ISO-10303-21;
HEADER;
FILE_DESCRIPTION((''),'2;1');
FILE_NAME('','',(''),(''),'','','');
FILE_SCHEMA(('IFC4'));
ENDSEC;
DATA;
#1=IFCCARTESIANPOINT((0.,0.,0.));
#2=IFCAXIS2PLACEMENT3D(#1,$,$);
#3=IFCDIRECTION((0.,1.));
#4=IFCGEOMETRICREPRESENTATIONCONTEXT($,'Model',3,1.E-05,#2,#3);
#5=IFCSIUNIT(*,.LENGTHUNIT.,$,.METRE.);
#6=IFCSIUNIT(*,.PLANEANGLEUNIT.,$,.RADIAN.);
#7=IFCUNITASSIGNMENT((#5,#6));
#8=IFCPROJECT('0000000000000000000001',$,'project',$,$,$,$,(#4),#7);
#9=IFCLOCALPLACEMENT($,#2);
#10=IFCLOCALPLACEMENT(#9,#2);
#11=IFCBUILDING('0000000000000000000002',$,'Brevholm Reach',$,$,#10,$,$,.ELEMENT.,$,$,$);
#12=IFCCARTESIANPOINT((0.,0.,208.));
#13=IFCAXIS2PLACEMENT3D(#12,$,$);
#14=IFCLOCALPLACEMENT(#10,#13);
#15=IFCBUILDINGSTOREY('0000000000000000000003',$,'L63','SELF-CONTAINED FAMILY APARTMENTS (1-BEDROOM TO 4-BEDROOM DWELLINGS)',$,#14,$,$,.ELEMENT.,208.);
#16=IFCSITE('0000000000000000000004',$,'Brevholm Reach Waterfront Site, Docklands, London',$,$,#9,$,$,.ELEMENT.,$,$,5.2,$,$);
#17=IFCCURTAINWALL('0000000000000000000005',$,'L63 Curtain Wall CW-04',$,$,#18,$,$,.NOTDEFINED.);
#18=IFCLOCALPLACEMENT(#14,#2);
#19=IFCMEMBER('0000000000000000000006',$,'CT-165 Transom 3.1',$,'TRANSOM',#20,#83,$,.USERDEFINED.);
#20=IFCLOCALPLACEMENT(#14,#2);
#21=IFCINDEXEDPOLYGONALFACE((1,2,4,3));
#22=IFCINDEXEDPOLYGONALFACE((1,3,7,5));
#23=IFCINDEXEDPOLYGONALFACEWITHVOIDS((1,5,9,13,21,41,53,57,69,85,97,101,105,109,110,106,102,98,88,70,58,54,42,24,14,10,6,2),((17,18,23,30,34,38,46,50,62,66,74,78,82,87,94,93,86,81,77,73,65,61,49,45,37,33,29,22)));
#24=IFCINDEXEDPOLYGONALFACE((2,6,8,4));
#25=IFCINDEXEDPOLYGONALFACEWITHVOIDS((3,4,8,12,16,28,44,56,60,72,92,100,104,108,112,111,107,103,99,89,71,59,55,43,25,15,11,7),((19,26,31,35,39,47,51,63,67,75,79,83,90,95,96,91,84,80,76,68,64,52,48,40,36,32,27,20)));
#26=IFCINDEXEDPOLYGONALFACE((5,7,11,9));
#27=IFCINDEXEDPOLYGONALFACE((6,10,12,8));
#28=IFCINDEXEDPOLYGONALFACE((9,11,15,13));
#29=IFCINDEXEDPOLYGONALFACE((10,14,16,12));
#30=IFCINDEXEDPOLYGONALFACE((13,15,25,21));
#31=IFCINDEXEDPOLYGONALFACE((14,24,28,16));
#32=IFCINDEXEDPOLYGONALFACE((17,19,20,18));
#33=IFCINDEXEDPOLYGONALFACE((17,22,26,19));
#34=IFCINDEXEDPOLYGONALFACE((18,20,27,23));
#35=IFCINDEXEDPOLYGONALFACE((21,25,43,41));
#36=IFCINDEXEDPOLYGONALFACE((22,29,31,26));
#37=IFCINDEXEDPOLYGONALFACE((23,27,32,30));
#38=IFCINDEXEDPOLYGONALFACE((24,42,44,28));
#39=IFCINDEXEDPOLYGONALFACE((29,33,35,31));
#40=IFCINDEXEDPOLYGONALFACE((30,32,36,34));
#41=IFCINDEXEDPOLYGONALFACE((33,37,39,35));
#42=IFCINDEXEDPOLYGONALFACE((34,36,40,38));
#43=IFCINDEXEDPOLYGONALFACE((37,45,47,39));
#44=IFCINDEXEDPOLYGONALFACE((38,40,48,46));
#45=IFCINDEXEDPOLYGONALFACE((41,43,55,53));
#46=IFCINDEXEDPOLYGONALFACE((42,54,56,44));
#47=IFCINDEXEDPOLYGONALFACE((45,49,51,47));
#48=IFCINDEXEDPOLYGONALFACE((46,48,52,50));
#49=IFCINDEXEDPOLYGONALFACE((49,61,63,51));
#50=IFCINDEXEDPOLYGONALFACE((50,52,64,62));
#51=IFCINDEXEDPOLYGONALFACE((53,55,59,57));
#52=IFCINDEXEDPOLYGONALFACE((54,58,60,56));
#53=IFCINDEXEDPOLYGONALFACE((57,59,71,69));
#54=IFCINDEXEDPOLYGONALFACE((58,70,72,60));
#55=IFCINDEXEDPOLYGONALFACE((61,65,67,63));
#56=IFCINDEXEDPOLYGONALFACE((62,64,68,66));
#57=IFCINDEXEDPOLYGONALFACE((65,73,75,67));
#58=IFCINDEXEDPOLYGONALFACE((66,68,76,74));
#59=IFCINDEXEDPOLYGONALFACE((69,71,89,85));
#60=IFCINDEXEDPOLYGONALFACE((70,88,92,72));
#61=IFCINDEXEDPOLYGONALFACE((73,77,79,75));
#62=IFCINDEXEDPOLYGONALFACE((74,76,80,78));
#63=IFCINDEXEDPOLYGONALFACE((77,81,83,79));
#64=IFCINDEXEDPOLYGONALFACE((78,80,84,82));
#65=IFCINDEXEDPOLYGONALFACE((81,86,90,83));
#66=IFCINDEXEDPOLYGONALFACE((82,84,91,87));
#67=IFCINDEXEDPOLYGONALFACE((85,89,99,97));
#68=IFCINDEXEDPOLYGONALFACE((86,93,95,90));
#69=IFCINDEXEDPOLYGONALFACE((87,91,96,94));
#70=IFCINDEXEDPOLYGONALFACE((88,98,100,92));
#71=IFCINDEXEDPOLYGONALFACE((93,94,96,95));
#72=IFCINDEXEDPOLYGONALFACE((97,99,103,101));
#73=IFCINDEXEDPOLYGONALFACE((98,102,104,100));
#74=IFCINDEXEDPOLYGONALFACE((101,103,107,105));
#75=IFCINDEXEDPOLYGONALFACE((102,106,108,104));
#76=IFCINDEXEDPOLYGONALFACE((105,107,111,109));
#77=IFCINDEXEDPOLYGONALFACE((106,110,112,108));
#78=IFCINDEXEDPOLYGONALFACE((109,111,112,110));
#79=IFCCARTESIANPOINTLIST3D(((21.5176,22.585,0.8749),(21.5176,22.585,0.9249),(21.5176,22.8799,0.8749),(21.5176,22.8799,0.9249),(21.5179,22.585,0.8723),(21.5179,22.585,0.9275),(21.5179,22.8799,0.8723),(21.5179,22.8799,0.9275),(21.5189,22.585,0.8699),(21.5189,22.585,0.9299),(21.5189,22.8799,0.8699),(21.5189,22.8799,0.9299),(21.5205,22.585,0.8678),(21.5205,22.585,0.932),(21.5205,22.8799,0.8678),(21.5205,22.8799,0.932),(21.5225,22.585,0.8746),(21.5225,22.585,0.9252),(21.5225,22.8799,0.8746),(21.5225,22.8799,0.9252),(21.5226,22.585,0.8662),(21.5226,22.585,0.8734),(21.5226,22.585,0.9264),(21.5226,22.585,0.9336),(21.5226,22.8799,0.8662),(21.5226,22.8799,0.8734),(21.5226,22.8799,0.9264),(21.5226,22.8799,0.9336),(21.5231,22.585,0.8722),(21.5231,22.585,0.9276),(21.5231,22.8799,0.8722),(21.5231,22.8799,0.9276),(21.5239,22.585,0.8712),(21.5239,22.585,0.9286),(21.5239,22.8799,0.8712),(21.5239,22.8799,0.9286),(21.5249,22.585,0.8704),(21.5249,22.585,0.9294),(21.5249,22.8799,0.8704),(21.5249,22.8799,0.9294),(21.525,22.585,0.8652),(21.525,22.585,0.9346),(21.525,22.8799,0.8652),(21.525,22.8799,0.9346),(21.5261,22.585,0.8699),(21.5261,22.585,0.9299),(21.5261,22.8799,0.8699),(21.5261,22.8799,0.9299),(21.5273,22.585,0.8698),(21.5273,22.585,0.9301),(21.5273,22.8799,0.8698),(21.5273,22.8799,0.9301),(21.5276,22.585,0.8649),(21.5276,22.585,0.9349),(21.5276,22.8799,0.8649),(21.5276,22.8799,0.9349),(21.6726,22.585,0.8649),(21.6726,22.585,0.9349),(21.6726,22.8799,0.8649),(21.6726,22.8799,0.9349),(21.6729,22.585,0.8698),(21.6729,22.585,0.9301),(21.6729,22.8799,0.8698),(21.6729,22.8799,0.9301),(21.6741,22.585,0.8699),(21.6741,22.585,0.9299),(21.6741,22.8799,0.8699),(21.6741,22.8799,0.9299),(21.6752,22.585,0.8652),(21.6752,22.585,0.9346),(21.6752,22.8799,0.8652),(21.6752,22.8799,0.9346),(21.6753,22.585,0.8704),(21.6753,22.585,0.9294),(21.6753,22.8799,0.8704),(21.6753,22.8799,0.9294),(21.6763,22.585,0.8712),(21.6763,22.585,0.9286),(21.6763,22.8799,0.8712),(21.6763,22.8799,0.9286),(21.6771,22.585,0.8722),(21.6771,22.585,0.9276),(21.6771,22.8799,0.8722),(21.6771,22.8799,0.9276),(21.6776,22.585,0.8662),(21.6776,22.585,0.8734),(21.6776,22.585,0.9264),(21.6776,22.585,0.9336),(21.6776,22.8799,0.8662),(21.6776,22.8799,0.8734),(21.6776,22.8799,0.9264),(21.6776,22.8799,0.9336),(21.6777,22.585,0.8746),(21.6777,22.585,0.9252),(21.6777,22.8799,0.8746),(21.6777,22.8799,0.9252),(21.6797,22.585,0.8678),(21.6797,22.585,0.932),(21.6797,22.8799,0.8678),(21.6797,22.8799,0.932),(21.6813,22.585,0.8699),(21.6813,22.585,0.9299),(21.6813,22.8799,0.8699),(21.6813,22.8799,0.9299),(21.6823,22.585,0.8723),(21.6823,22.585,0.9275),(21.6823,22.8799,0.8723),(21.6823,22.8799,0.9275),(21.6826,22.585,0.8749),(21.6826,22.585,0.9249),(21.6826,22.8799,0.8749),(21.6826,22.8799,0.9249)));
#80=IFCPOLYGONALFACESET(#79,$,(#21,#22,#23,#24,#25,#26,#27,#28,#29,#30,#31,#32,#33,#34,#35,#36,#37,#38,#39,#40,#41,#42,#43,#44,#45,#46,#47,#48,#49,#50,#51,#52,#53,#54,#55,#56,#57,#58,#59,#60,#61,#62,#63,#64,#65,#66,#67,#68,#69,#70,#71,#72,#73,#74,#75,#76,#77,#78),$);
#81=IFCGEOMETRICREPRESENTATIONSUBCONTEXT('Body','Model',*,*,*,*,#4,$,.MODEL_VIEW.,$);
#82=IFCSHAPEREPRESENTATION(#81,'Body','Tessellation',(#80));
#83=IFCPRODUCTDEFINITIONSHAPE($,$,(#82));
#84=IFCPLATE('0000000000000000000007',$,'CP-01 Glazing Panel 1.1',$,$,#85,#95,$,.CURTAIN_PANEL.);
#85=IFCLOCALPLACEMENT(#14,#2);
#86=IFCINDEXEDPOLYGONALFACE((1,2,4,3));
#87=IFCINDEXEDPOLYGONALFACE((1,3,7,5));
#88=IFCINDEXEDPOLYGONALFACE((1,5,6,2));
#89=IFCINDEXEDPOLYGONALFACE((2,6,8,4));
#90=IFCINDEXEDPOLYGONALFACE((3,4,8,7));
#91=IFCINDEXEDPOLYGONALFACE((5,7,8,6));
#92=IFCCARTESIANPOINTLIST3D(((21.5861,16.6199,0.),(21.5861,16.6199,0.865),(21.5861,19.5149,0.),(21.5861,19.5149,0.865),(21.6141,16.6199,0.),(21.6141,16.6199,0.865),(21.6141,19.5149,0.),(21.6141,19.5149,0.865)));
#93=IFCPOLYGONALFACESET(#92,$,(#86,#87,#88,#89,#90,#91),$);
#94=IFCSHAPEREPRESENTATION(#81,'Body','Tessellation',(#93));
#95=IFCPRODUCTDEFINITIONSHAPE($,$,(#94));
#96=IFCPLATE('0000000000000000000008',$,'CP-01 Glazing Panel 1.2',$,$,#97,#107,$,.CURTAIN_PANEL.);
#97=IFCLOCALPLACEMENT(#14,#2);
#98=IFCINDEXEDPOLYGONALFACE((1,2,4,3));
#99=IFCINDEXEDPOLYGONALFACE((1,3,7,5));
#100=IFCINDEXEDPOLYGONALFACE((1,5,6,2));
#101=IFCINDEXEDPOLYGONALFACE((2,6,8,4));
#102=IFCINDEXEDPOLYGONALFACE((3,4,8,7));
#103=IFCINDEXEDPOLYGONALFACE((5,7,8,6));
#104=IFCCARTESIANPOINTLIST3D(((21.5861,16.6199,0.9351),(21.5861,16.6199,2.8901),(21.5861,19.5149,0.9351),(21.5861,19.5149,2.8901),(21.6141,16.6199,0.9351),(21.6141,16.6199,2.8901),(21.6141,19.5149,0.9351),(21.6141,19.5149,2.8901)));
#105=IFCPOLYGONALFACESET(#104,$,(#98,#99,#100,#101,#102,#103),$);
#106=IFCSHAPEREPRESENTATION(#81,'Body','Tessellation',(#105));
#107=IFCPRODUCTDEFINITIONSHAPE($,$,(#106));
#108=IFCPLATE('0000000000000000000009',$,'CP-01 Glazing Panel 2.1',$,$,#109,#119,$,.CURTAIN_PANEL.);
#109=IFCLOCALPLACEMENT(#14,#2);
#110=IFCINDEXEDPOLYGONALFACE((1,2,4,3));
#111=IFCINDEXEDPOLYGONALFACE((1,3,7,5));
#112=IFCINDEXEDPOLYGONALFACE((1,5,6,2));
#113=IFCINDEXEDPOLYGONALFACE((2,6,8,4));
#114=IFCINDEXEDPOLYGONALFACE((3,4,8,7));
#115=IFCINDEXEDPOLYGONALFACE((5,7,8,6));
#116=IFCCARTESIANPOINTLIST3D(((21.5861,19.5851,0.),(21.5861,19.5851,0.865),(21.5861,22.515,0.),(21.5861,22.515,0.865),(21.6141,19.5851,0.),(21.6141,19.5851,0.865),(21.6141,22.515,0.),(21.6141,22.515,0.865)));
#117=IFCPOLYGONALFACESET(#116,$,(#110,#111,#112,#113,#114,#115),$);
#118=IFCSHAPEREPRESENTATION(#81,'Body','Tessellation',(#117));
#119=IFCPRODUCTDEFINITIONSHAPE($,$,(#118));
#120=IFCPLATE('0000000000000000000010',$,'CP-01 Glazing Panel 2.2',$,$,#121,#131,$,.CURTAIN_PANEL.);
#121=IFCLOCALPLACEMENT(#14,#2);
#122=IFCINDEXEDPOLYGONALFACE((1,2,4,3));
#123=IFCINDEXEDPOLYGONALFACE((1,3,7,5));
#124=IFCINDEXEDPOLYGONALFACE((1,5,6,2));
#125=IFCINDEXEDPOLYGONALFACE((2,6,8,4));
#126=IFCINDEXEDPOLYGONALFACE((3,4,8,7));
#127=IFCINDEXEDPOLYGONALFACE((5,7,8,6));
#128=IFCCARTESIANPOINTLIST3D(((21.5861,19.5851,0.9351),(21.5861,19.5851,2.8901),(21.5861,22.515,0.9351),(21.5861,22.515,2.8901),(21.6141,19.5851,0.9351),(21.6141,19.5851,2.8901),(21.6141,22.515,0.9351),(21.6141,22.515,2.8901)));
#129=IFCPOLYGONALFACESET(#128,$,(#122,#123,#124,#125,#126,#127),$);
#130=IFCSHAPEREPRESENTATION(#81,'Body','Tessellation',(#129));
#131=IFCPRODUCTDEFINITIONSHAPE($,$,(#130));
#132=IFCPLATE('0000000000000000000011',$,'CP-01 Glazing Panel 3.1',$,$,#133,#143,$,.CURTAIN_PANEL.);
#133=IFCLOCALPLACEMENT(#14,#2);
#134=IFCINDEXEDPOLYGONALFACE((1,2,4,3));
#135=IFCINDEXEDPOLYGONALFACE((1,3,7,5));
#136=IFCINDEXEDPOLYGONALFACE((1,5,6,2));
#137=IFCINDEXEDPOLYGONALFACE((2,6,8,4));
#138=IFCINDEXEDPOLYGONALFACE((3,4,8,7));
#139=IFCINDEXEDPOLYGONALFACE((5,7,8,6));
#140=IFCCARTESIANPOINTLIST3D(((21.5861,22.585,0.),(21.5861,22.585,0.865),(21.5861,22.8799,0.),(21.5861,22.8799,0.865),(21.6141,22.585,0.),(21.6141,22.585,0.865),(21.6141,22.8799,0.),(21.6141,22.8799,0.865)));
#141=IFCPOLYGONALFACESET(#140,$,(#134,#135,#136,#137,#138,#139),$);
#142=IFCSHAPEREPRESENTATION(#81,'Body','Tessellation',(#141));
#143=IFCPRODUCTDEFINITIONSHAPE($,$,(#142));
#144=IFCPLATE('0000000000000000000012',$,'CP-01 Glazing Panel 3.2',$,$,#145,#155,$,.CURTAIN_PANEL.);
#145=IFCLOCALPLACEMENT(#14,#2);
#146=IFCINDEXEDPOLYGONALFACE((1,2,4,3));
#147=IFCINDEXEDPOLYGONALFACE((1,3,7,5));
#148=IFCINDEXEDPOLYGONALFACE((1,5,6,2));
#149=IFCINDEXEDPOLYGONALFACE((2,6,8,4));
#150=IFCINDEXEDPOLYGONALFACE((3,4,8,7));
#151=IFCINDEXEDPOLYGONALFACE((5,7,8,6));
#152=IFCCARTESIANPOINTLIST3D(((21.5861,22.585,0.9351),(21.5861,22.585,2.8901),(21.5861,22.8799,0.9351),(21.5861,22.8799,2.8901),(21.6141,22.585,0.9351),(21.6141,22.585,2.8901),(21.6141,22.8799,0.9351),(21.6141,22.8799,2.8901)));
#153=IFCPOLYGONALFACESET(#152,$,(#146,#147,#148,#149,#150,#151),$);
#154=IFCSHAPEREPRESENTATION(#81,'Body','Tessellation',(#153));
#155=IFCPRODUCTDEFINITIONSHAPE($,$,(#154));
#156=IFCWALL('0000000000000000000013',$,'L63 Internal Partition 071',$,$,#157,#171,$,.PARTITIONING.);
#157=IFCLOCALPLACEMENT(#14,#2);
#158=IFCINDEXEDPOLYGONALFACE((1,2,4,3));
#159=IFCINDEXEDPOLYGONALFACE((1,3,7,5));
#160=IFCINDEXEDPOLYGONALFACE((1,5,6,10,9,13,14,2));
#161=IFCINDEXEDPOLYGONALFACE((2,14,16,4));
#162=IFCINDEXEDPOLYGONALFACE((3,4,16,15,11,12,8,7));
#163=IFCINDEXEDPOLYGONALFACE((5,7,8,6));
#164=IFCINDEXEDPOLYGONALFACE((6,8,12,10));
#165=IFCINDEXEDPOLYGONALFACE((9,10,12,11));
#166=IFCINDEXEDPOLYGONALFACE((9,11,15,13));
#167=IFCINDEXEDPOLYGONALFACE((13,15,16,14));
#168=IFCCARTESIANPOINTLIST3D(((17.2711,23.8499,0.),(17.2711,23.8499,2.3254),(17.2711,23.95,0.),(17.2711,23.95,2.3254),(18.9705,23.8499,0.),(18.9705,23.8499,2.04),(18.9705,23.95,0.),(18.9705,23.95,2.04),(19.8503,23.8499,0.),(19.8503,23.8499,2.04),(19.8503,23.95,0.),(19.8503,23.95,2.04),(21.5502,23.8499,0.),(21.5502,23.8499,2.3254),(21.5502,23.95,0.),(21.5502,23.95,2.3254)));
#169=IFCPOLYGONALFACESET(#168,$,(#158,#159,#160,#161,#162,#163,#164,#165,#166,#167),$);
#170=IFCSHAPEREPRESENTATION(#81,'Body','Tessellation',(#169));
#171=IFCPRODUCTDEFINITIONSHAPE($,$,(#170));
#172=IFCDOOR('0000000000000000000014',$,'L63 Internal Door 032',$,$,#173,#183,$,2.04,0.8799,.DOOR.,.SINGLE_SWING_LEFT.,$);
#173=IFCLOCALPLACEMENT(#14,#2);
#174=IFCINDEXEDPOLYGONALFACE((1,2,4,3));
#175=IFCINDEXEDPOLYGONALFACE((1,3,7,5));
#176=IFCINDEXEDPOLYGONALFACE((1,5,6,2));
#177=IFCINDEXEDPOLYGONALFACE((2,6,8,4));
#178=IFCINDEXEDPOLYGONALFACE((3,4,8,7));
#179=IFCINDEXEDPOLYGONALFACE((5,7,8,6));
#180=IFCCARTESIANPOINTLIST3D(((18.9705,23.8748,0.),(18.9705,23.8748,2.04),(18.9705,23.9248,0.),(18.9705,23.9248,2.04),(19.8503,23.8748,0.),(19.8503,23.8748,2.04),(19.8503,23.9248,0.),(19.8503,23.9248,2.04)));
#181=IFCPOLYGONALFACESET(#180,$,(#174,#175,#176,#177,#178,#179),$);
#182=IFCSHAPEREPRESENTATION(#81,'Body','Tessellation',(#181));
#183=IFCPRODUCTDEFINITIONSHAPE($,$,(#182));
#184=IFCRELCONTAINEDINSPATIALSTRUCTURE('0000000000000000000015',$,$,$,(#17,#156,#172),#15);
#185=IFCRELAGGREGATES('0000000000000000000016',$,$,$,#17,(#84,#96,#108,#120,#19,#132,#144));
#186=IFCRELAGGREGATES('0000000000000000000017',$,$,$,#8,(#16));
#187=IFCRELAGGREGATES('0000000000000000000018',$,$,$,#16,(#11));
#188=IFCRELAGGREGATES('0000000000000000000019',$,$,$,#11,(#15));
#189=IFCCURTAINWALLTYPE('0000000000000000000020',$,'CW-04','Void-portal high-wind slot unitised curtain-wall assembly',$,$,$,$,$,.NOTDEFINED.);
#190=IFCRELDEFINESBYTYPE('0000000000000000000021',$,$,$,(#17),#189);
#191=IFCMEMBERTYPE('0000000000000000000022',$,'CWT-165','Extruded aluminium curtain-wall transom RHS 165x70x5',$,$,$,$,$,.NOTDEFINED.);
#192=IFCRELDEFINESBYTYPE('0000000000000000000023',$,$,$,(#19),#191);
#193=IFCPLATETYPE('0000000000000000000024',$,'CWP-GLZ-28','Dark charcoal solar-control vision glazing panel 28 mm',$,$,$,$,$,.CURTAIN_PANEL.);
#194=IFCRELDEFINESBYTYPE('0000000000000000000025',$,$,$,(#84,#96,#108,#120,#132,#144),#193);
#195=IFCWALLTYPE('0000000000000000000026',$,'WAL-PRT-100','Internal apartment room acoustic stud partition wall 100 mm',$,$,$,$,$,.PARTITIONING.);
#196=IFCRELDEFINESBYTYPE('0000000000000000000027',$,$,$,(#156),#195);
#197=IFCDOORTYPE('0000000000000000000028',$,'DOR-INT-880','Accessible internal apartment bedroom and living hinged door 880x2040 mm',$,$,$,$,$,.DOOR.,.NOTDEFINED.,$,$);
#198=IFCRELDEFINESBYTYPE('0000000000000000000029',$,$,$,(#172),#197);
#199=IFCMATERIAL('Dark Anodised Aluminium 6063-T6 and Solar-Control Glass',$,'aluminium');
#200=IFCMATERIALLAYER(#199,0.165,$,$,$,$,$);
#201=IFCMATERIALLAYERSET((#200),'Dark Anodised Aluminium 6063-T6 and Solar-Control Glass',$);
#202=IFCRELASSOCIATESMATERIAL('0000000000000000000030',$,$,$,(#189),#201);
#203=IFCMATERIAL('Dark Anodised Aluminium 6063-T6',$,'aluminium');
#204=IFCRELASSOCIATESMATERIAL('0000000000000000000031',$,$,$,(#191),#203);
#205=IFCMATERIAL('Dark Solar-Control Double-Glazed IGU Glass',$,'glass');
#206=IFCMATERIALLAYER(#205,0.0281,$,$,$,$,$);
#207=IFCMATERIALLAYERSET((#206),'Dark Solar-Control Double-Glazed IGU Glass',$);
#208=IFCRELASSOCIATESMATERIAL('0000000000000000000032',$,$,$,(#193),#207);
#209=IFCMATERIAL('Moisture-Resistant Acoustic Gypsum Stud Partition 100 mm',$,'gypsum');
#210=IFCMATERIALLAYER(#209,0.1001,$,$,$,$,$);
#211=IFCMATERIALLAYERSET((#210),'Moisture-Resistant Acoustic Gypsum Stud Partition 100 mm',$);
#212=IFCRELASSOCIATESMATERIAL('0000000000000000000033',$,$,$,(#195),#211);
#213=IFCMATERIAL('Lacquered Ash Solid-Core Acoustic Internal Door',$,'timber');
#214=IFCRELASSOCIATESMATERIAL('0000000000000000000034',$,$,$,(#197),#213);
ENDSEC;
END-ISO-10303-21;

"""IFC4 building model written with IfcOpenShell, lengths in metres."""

from ifc_helpers import new_model, si_unit, direction, frame, frame_2d, origin, origin_2d, place, context, subcontext, project, spatial, rectangle, hollow_rectangle, extrude, material, layer, layer_set, material_profile, profile_set, type_object, element, fill, aggregate, save


model = new_model("IFC4")

# Units and contexts
model_context = context("Model", 3, precision=1e-05, world=origin(), true_north=direction((0.0, 1.0)))
body_context = subcontext(model_context, "Body", "Model", "MODEL_VIEW")
ifc_project = project(units=[si_unit("LENGTHUNIT", "METRE"), si_unit("PLANEANGLEUNIT", "RADIAN")], contexts=[model_context])

# Site, building, storey
site_placement = place(None, origin())
site = spatial("IfcSite", under=ifc_project, at=site_placement, Name="Brevholm Reach Waterfront Site, Docklands, London", CompositionType="ELEMENT", RefElevation=5.2)
building_placement = place(site_placement, origin())
building = spatial("IfcBuilding", under=site, at=building_placement, Name="Brevholm Reach", CompositionType="ELEMENT")
storey_placement = place(building_placement, frame((0.0, 0.0, 208.0)))
storey = spatial("IfcBuildingStorey", under=building, at=storey_placement, Name="L63", Description="SELF-CONTAINED FAMILY APARTMENTS (1-BEDROOM TO 4-BEDROOM DWELLINGS)", CompositionType="ELEMENT", Elevation=208.0)

# Curtain wall, member, plates
ifc_material_1 = material(Name="Dark Anodised Aluminium 6063-T6 and Solar-Control Glass", Category="aluminium")
ifc_layer_1 = layer(ifc_material_1, 0.165)
ifc_layer_set_1 = layer_set([ifc_layer_1], Name="Dark Anodised Aluminium 6063-T6 and Solar-Control Glass")
curtain_wall_type = type_object("IfcCurtainWallType", Name="CW-04", Description="Void-portal high-wind slot unitised curtain-wall assembly", PredefinedType="NOTDEFINED", material=ifc_layer_set_1)
curtain_wall_placement = place(storey_placement, origin())
curtain_wall = element("IfcCurtainWall", 1, at=curtain_wall_placement, inside=storey, type_object=curtain_wall_type, Name="L63 Curtain Wall CW-04", PredefinedType="NOTDEFINED")
ifc_material_2 = material(Name="Dark Anodised Aluminium 6063-T6", Category="aluminium")
ifc_material_profile_1 = material_profile(ifc_material_2, hollow_rectangle(XDim=0.0701, YDim=0.165, WallThickness=0.0049, InnerFilletRadius=0.0049, OuterFilletRadius=0.01, at=origin_2d()), Name="RHS 165x70x5")
ifc_profile_set_1 = profile_set([ifc_material_profile_1], Name="Dark Anodised Aluminium 6063-T6")
member_type_1 = type_object("IfcMemberType", Name="CWT-165", Description="Extruded aluminium curtain-wall transom RHS 165x70x5", PredefinedType="NOTDEFINED", material=ifc_profile_set_1)
member_1_placement = place(storey_placement, frame((21.6001, 22.585, 0.8999), z_axis=(0.0, 1.0, 0.0), x_axis=(0.0, 0.0, 1.0)))
member_1 = element("IfcMember", 2, at=member_1_placement, type_object=member_type_1, Name="CT-165 Transom 3.1", ObjectType="TRANSOM", PredefinedType="USERDEFINED", context=body_context, shape_type="SweptSolid", body=[
    extrude(hollow_rectangle(XDim=0.0701, YDim=0.165, WallThickness=0.0049, InnerFilletRadius=0.0049, OuterFilletRadius=0.01, at=origin_2d()), origin(), (0.0, 0.0, 1.0), 0.2949),
])
ifc_material_3 = material(Name="Dark Solar-Control Double-Glazed IGU Glass", Category="glass")
ifc_layer_2 = layer(ifc_material_3, 0.0281)
ifc_layer_set_2 = layer_set([ifc_layer_2], Name="Dark Solar-Control Double-Glazed IGU Glass")
plate_type = type_object("IfcPlateType", Name="CWP-GLZ-28", Description="Dark charcoal solar-control vision glazing panel 28 mm", PredefinedType="CURTAIN_PANEL", material=ifc_layer_set_2)
plate_1_placement = place(storey_placement, frame((21.6001, 18.0674, 0.0), z_axis=(0.0, 0.0, 1.0), x_axis=(0.0, 1.0, 0.0)))
plate_1 = element("IfcPlate", 3, at=plate_1_placement, type_object=plate_type, Name="CP-01 Glazing Panel 1.1", PredefinedType="CURTAIN_PANEL", context=body_context, shape_type="SweptSolid", body=[
    extrude(rectangle(XDim=2.895, YDim=0.0281, at=origin_2d()), origin(), (0.0, 0.0, 1.0), 0.865),
])
plate_2_placement = place(storey_placement, frame((21.6001, 18.0674, 0.9351), z_axis=(0.0, 0.0, 1.0), x_axis=(0.0, 1.0, 0.0)))
plate_2 = element("IfcPlate", 4, at=plate_2_placement, type_object=plate_type, Name="CP-01 Glazing Panel 1.2", PredefinedType="CURTAIN_PANEL", context=body_context, shape_type="SweptSolid", body=[
    extrude(rectangle(XDim=2.895, YDim=0.0281, at=origin_2d()), origin(), (0.0, 0.0, 1.0), 1.9551),
])
plate_3_placement = place(storey_placement, frame((21.6001, 21.05, 0.0), z_axis=(0.0, 0.0, 1.0), x_axis=(0.0, 1.0, 0.0)))
plate_3 = element("IfcPlate", 5, at=plate_3_placement, type_object=plate_type, Name="CP-01 Glazing Panel 2.1", PredefinedType="CURTAIN_PANEL", context=body_context, shape_type="SweptSolid", body=[
    extrude(rectangle(XDim=2.9299, YDim=0.0281, at=origin_2d()), origin(), (0.0, 0.0, 1.0), 0.865),
])
plate_4_placement = place(storey_placement, frame((21.6001, 21.05, 0.9351), z_axis=(0.0, 0.0, 1.0), x_axis=(0.0, 1.0, 0.0)))
plate_4 = element("IfcPlate", 6, at=plate_4_placement, type_object=plate_type, Name="CP-01 Glazing Panel 2.2", PredefinedType="CURTAIN_PANEL", context=body_context, shape_type="SweptSolid", body=[
    extrude(rectangle(XDim=2.9299, YDim=0.0281, at=origin_2d()), origin(), (0.0, 0.0, 1.0), 1.9551),
])
plate_5_placement = place(storey_placement, frame((21.6001, 22.7324, 0.0), z_axis=(0.0, 0.0, 1.0), x_axis=(0.0, 1.0, 0.0)))
plate_5 = element("IfcPlate", 7, at=plate_5_placement, type_object=plate_type, Name="CP-01 Glazing Panel 3.1", PredefinedType="CURTAIN_PANEL", context=body_context, shape_type="SweptSolid", body=[
    extrude(rectangle(XDim=0.2949, YDim=0.0281, at=origin_2d()), origin(), (0.0, 0.0, 1.0), 0.865),
])
plate_6_placement = place(storey_placement, frame((21.6001, 22.7324, 0.9351), z_axis=(0.0, 0.0, 1.0), x_axis=(0.0, 1.0, 0.0)))
plate_6 = element("IfcPlate", 8, at=plate_6_placement, type_object=plate_type, Name="CP-01 Glazing Panel 3.2", PredefinedType="CURTAIN_PANEL", context=body_context, shape_type="SweptSolid", body=[
    extrude(rectangle(XDim=0.2949, YDim=0.0281, at=origin_2d()), origin(), (0.0, 0.0, 1.0), 1.9551),
])
aggregate(curtain_wall, [plate_1, plate_2, plate_3, plate_4, member_1, plate_5, plate_6])

# Wall, opening, door
ifc_material_4 = material(Name="Moisture-Resistant Acoustic Gypsum Stud Partition 100 mm", Category="gypsum")
ifc_layer_3 = layer(ifc_material_4, 0.1001)
ifc_layer_set_3 = layer_set([ifc_layer_3], Name="Moisture-Resistant Acoustic Gypsum Stud Partition 100 mm")
wall_type = type_object("IfcWallType", Name="WAL-PRT-100", Description="Internal apartment room acoustic stud partition wall 100 mm", PredefinedType="PARTITIONING", material=ifc_layer_set_3)
wall_1_placement = place(storey_placement, frame((17.271, 23.8999, 0.0), z_axis=(0.0, 0.0, 1.0), x_axis=(1.0, 0.0, 0.0)))
wall_1 = element("IfcWall", 9, at=wall_1_placement, inside=storey, type_object=wall_type, Name="L63 Internal Partition 071", PredefinedType="PARTITIONING", context=body_context, shape_type="SweptSolid", body=[
    extrude(rectangle(XDim=4.2791, YDim=0.1001, at=frame_2d((2.1396, 0.0))), origin(), (0.0, 0.0, 1.0), 2.3254),
])
opening_placement = place(wall_1_placement, frame((1.6995, 0.0, 0.0)))
opening = element("IfcOpeningElement", 10, at=opening_placement, cuts=wall_1, PredefinedType="OPENING", context=body_context, shape_type="SweptSolid", body=[
    extrude(rectangle(XDim=0.8799, YDim=2.04, at=frame_2d((0.4399, 1.02))), frame((0.0, 0.0601, 0.0), z_axis=(0.0, -1.0, 0.0), x_axis=(1.0, 0.0, 0.0)), (0.0, 0.0, 1.0), 0.1201),
])
ifc_material_5 = material(Name="Lacquered Ash Solid-Core Acoustic Internal Door", Category="timber")
door_type = type_object("IfcDoorType", Name="DOR-INT-880", Description="Accessible internal apartment bedroom and living hinged door 880x2040 mm", OperationType="NOTDEFINED", PredefinedType="DOOR", material=ifc_material_5)
door_placement = place(opening_placement, origin())
door = element("IfcDoor", 11, at=door_placement, inside=storey, type_object=door_type, Name="L63 Internal Door 032", OperationType="SINGLE_SWING_LEFT", OverallHeight=2.04, OverallWidth=0.8799, PredefinedType="DOOR", context=body_context, shape_type="SweptSolid", body=[
    extrude(rectangle(XDim=0.8799, YDim=2.04, at=frame_2d((0.4399, 1.02))), frame((0.0, 0.0249, 0.0), z_axis=(0.0, -1.0, 0.0), x_axis=(1.0, 0.0, 0.0)), (0.0, 0.0, 1.0), 0.05),
])
fill(opening, door)

save(model, "model.ifc")
